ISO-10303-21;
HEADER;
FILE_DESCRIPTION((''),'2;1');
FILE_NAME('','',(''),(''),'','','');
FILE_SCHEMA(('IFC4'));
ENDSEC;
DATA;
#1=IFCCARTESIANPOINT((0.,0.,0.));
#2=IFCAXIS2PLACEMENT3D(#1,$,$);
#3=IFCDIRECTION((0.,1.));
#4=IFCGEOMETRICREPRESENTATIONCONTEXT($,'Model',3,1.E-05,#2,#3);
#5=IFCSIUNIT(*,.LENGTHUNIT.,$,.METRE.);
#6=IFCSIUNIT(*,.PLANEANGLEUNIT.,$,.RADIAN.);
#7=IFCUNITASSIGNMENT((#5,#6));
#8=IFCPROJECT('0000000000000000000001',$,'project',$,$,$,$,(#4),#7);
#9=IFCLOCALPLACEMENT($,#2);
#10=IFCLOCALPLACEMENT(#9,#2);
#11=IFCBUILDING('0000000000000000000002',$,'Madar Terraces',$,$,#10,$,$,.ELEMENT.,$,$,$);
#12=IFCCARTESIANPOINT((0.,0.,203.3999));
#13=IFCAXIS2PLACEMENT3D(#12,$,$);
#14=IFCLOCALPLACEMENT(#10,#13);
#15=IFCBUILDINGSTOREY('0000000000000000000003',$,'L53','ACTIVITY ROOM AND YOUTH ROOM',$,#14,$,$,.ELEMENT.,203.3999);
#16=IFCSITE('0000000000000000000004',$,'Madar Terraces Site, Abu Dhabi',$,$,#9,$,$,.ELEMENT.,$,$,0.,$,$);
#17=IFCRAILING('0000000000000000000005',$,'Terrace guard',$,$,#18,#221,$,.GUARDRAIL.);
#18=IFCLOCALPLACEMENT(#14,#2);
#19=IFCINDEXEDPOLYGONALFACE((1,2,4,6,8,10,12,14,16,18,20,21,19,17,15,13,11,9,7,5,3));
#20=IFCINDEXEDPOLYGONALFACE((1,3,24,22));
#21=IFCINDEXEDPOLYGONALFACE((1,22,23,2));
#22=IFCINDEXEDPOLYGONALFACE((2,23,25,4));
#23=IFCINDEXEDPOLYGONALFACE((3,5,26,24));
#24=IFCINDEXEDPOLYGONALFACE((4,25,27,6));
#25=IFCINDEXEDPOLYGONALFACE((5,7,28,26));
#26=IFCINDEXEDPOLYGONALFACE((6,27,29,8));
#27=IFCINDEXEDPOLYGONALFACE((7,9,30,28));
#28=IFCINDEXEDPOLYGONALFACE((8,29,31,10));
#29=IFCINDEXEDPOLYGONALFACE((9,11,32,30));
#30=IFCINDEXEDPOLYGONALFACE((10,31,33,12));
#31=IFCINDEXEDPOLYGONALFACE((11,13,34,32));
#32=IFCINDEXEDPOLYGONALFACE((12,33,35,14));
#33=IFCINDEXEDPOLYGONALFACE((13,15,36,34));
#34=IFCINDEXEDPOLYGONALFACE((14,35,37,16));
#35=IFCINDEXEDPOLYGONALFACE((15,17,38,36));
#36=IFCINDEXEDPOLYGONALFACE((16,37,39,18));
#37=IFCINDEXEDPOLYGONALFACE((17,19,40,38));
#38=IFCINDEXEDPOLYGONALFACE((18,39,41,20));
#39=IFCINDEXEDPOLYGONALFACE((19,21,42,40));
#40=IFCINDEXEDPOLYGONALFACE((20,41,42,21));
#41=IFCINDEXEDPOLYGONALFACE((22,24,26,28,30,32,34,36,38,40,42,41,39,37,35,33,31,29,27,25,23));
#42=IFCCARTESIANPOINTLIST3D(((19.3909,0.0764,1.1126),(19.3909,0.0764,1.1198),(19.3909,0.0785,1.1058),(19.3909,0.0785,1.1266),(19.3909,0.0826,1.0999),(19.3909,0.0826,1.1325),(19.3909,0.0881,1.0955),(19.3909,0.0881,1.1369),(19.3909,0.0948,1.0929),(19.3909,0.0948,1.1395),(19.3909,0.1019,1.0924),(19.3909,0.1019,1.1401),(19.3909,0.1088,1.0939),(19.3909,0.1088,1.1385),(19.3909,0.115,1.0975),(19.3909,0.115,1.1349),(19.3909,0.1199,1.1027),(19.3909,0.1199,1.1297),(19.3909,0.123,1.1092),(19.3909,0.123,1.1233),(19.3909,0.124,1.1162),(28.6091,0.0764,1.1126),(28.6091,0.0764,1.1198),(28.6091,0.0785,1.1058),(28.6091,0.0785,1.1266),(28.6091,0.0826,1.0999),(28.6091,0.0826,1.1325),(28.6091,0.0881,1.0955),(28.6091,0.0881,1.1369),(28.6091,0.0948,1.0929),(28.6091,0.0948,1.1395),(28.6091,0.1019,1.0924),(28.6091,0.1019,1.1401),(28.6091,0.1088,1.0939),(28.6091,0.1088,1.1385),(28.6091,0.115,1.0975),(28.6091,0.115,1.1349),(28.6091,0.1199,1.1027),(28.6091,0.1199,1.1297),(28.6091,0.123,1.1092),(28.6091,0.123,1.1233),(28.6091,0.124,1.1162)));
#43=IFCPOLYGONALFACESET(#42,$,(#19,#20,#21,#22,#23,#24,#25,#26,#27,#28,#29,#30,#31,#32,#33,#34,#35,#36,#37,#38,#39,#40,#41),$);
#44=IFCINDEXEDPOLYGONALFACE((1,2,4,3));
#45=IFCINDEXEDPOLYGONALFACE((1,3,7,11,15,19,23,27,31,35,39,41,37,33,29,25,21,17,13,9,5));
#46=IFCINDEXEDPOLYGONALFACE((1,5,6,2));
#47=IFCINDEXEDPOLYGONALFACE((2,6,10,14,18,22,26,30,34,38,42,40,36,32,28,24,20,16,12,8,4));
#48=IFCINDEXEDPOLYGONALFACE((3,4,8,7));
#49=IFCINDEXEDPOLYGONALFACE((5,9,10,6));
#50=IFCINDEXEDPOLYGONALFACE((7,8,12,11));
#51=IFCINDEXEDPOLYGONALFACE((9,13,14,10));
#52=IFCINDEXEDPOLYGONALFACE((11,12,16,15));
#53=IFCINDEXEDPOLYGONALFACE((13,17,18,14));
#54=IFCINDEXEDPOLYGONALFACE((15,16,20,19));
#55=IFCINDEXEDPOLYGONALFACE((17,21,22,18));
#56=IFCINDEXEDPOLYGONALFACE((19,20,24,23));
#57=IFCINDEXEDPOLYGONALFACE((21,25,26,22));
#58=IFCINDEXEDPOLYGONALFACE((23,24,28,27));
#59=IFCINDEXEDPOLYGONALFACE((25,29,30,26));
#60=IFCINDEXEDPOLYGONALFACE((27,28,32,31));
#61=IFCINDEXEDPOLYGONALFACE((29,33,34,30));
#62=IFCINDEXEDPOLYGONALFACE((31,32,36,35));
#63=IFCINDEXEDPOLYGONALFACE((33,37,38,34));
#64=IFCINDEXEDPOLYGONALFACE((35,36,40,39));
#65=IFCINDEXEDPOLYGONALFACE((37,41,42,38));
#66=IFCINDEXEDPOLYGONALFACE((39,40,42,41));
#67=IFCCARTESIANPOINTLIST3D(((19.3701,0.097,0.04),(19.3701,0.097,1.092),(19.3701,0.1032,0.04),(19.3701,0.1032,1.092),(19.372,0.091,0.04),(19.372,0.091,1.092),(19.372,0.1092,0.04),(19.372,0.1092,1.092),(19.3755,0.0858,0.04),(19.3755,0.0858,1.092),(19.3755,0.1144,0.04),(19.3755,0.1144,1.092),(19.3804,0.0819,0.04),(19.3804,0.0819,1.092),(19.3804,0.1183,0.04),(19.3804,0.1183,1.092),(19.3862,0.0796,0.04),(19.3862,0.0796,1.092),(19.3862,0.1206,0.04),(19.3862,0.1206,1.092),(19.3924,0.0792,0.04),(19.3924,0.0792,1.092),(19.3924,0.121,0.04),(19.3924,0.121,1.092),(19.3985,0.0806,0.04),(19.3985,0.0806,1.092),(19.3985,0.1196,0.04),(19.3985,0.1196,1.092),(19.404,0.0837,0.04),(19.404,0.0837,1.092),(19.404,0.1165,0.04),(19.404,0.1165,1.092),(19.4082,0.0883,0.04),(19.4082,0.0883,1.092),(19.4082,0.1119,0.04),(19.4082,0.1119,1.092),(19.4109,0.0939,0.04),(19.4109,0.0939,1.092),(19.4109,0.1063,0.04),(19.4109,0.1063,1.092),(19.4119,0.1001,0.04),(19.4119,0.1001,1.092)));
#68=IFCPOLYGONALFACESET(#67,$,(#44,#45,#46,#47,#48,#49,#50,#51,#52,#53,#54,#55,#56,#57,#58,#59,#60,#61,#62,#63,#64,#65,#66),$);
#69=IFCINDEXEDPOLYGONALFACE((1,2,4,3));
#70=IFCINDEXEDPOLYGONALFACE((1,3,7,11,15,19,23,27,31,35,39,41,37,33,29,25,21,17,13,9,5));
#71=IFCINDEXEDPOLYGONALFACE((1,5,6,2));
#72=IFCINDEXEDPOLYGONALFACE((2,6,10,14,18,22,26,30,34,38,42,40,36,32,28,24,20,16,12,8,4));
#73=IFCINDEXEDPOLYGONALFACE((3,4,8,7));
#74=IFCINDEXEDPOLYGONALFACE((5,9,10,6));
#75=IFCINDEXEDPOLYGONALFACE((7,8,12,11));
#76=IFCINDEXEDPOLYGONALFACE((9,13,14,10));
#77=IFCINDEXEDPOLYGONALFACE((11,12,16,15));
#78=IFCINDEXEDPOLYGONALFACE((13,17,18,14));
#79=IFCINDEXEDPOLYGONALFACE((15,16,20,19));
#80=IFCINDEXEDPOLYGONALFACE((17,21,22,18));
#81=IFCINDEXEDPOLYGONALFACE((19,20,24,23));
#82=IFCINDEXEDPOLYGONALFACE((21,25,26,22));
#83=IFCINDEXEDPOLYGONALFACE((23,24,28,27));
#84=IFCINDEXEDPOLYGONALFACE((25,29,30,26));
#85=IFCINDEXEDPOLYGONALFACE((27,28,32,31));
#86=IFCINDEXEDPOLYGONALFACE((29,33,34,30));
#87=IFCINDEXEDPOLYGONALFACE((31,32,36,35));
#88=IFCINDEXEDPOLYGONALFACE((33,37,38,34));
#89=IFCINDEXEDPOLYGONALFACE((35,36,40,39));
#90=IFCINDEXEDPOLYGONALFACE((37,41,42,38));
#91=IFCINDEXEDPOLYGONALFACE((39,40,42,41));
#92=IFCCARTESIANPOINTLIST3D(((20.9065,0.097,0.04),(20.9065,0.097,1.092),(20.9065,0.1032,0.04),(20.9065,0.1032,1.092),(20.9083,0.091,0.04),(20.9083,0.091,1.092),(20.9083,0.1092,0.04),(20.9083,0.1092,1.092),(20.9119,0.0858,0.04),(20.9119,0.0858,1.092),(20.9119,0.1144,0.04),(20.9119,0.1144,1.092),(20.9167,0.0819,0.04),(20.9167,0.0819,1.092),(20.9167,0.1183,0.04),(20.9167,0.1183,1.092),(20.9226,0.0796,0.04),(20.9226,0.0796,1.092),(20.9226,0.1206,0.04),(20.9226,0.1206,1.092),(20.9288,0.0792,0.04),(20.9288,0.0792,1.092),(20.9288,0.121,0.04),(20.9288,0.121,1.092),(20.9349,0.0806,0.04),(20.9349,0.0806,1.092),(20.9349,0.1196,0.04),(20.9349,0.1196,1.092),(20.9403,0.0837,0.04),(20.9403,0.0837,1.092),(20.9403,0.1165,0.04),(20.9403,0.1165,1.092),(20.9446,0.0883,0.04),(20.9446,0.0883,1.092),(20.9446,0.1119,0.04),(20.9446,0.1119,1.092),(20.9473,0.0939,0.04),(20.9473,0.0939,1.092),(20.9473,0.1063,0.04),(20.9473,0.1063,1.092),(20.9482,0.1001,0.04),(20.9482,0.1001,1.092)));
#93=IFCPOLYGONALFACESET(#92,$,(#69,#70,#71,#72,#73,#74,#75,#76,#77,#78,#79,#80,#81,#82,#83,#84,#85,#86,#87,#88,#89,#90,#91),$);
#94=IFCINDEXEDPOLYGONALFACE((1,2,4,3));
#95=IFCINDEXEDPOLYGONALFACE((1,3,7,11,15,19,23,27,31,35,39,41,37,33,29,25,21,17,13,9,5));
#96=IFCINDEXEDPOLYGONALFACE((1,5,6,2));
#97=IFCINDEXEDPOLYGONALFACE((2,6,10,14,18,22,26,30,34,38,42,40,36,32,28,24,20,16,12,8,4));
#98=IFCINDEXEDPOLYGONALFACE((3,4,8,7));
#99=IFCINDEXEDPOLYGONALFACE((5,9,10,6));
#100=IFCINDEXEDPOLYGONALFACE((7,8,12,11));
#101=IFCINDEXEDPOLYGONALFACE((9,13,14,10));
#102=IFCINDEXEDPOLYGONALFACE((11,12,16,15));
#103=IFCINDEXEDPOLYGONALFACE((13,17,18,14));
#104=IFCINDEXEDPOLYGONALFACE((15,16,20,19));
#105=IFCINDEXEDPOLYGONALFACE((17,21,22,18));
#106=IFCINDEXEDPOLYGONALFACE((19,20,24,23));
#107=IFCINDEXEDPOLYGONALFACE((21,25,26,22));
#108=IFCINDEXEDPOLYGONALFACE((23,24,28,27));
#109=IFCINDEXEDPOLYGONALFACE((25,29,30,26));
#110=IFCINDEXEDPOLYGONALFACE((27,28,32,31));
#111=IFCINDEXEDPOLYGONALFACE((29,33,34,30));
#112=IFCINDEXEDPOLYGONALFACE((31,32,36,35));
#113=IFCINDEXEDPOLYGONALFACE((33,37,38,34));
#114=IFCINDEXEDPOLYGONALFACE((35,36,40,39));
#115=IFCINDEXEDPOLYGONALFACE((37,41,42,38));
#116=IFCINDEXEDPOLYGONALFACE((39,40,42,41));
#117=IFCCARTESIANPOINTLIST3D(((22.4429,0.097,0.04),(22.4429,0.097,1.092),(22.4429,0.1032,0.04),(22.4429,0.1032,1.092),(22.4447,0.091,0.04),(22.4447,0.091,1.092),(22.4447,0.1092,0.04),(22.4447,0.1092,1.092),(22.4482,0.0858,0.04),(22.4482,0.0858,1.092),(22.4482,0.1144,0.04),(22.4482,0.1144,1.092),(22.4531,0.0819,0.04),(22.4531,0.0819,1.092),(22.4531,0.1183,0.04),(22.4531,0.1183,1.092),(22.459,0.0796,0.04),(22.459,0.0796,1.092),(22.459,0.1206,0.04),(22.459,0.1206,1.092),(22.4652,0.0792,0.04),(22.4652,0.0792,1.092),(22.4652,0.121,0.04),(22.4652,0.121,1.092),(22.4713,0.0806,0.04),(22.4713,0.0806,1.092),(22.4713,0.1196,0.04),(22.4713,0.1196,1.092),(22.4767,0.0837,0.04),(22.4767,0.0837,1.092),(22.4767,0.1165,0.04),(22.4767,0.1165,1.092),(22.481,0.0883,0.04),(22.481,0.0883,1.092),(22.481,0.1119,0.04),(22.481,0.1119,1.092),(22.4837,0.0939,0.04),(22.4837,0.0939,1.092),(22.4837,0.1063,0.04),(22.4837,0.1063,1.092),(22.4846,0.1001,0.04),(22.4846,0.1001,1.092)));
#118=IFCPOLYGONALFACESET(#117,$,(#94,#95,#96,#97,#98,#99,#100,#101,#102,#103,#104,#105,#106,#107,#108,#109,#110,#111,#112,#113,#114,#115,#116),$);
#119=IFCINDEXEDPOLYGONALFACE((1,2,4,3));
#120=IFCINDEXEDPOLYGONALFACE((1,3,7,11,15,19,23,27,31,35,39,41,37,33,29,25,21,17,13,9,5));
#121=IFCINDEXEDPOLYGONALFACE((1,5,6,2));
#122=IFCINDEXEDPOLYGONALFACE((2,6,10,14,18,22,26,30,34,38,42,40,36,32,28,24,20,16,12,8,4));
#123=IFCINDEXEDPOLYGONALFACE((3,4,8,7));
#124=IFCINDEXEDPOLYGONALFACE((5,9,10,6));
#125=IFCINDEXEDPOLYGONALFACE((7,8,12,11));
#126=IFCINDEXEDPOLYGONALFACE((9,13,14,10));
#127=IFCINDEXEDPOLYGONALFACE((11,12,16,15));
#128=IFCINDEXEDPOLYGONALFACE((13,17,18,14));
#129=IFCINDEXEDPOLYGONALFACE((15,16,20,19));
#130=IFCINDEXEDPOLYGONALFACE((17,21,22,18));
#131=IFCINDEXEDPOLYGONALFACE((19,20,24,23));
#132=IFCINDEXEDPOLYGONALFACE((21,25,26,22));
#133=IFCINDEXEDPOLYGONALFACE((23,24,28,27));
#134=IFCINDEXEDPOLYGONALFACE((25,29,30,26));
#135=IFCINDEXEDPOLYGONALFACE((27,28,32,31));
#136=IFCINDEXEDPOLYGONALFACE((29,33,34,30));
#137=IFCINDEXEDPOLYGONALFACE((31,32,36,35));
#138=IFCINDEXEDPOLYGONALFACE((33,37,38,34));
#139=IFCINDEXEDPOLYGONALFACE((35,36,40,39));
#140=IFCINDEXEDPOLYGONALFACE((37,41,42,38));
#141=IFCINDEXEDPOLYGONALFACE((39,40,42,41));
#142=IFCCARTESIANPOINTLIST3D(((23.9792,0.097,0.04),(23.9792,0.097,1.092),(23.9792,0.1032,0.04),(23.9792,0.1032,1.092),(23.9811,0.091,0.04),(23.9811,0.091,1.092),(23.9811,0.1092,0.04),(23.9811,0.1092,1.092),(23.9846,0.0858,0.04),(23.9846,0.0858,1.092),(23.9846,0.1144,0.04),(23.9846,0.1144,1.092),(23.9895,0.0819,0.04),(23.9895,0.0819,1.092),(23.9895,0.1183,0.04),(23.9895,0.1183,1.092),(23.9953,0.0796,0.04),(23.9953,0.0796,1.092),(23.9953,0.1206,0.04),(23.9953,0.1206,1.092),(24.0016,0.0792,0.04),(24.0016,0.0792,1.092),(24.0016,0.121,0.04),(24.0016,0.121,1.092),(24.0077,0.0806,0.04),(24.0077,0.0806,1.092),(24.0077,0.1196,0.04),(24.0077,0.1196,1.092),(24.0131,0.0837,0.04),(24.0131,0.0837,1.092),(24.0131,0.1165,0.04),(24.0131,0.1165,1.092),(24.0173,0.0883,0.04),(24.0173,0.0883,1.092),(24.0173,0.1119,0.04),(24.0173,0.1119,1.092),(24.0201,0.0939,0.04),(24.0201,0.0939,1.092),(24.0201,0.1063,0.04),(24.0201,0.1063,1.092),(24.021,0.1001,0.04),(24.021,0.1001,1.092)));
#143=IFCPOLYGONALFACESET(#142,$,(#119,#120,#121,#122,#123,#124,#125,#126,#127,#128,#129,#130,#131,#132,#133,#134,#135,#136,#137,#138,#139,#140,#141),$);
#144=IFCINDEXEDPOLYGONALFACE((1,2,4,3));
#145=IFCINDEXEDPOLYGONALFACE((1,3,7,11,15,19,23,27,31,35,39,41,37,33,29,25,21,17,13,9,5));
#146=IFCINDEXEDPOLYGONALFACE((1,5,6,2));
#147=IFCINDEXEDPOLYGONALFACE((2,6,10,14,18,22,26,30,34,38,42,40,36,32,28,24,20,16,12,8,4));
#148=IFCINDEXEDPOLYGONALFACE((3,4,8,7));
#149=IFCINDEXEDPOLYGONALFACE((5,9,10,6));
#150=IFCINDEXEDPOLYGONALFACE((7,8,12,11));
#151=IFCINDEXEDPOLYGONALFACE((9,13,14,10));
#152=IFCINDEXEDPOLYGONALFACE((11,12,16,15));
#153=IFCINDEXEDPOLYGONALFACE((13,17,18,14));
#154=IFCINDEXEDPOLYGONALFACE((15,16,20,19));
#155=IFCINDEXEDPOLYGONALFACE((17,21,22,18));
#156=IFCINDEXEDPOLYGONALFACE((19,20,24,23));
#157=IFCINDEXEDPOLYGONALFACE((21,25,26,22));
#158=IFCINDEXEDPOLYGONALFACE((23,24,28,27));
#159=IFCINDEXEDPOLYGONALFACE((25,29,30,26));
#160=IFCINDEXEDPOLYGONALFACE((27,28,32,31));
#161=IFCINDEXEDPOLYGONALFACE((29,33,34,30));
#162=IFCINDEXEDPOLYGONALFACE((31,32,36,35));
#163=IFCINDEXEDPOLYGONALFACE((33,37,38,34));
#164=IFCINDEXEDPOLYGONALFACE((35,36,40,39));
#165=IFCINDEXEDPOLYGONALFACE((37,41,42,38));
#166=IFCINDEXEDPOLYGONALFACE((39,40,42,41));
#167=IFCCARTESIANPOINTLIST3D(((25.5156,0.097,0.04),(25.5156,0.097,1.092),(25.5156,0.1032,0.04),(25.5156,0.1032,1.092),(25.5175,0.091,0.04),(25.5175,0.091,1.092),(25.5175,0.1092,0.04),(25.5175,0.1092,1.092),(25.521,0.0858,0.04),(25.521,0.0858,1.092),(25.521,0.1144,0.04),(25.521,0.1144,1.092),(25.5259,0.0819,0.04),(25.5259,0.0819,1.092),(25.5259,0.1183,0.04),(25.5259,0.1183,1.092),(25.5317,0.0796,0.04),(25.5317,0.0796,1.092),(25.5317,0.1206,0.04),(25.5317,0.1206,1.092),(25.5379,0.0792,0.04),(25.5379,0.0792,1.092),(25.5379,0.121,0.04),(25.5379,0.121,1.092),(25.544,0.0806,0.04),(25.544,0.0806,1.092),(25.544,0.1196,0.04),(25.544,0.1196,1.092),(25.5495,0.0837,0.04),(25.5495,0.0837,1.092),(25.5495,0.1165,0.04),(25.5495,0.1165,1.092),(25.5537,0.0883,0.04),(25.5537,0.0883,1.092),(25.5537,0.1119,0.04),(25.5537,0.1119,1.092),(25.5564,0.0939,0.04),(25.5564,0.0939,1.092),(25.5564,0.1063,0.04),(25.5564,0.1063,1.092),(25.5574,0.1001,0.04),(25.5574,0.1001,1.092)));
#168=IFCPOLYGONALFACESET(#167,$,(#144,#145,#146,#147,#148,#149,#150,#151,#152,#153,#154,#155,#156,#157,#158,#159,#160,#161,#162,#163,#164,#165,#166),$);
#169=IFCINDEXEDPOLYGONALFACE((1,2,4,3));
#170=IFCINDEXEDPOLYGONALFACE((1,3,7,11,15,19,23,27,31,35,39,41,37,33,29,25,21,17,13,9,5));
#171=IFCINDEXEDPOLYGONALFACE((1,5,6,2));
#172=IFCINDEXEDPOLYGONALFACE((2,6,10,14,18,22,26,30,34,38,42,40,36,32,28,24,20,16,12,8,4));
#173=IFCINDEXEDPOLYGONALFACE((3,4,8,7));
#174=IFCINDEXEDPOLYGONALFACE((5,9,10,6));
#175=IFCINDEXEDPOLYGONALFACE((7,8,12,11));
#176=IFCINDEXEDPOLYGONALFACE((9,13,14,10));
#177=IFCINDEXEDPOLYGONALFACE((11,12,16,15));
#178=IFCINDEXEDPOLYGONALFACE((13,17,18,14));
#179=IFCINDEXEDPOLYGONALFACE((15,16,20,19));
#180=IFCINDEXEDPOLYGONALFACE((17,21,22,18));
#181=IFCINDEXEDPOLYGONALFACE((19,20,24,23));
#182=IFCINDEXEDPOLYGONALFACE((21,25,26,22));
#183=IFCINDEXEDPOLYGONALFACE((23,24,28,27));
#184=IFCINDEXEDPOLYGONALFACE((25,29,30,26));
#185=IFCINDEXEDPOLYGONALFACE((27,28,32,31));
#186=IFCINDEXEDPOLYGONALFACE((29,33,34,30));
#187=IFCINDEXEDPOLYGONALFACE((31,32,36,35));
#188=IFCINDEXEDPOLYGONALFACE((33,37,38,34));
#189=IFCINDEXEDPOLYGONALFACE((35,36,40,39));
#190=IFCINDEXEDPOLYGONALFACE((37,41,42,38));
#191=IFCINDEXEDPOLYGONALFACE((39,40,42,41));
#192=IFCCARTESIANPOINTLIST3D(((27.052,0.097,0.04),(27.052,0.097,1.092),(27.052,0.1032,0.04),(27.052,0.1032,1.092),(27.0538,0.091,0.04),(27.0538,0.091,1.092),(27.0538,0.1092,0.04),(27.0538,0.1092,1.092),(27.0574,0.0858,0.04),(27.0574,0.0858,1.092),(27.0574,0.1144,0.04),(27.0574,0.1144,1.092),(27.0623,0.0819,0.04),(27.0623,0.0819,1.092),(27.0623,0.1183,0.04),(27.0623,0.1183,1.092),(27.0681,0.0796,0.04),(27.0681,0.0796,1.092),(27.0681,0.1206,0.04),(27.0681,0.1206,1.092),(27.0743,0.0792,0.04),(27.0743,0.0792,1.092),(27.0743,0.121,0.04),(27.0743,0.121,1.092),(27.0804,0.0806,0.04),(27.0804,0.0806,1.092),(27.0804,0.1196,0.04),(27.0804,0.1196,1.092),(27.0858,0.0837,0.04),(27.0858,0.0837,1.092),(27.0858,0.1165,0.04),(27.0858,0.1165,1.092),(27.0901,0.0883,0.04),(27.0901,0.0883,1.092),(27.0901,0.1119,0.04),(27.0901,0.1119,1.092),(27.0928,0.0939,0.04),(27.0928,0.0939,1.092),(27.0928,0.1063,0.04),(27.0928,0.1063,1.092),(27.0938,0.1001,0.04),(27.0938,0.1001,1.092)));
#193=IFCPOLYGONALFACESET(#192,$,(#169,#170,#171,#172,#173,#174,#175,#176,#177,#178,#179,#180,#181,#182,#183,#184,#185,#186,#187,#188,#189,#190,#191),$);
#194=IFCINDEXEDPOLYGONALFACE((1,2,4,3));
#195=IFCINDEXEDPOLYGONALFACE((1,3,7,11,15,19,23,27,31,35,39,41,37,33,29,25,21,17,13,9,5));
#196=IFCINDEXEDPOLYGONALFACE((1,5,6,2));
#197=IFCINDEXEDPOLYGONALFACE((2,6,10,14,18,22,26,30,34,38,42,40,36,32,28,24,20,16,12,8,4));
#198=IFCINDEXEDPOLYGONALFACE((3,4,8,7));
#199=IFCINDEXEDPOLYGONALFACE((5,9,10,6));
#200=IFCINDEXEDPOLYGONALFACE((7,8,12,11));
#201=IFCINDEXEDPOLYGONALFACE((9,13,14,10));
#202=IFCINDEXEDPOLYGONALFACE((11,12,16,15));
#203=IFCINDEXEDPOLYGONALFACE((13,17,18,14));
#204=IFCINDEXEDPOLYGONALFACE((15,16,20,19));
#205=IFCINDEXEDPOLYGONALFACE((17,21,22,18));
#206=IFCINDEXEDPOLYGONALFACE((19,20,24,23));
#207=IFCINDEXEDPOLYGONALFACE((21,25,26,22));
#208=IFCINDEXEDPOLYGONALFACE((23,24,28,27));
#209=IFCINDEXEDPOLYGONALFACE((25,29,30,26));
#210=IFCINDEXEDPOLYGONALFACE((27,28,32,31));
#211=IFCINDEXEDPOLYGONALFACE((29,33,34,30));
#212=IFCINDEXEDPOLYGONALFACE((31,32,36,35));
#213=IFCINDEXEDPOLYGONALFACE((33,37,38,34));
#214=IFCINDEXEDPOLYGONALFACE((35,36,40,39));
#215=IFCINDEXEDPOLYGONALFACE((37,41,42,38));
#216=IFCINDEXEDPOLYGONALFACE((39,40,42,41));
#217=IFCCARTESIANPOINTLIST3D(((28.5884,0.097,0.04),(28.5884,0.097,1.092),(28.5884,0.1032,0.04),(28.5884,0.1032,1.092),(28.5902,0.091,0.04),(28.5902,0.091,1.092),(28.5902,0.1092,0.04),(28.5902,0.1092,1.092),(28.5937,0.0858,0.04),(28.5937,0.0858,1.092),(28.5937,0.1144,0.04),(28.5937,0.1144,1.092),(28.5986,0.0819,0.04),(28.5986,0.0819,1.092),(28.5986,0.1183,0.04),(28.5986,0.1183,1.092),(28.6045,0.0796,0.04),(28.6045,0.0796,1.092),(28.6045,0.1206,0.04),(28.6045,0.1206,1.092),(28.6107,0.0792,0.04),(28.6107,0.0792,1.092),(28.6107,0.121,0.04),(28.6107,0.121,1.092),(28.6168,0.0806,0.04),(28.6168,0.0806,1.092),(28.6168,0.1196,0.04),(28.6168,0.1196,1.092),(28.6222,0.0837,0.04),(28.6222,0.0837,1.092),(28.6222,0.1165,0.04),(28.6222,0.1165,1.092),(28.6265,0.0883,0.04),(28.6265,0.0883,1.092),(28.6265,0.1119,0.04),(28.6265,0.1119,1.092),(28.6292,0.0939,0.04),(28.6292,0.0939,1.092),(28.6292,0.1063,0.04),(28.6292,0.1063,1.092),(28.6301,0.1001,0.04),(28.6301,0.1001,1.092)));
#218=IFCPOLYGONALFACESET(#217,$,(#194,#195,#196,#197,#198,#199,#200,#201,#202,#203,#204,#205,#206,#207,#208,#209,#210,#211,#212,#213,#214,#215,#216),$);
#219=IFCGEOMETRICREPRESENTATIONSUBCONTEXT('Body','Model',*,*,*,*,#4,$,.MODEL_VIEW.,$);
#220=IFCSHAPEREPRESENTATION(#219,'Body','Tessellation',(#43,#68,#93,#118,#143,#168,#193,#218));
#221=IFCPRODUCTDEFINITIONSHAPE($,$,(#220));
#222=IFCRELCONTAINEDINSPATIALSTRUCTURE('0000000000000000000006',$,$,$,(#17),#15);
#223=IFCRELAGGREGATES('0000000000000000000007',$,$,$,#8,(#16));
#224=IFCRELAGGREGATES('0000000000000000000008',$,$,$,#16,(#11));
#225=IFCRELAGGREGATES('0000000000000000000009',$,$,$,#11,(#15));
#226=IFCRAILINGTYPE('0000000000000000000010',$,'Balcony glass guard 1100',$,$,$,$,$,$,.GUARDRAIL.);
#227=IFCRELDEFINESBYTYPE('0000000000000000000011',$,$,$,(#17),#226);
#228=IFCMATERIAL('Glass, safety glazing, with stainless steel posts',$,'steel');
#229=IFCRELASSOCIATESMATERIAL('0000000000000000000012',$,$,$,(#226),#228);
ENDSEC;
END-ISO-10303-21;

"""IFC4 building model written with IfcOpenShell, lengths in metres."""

from ifc_helpers import new_model, si_unit, direction, frame, origin, origin_2d, place, context, subcontext, project, spatial, circle, extrude, material, type_object, element, save


model = new_model("IFC4")

# Units and contexts
model_context = context("Model", 3, precision=1e-05, world=origin(), true_north=direction((0.0, 1.0)))
body_context = subcontext(model_context, "Body", "Model", "MODEL_VIEW")
ifc_project = project(units=[si_unit("LENGTHUNIT", "METRE"), si_unit("PLANEANGLEUNIT", "RADIAN")], contexts=[model_context])

# Site, building, storey
site_placement = place(None, origin())
site = spatial("IfcSite", under=ifc_project, at=site_placement, Name="Madar Terraces Site, Abu Dhabi", CompositionType="ELEMENT", RefElevation=0.0)
building_placement = place(site_placement, origin())
building = spatial("IfcBuilding", under=site, at=building_placement, Name="Madar Terraces", CompositionType="ELEMENT")
storey_placement = place(building_placement, frame((0.0, 0.0, 203.3999)))
storey = spatial("IfcBuildingStorey", under=building, at=storey_placement, Name="L53", Description="ACTIVITY ROOM AND YOUTH ROOM", CompositionType="ELEMENT", Elevation=203.3999)

# Railing
ifc_material_1 = material(Name="Glass, safety glazing, with stainless steel posts", Category="steel")
railing_type = type_object("IfcRailingType", Name="Balcony glass guard 1100", PredefinedType="GUARDRAIL", material=ifc_material_1)
railing_1_placement = place(storey_placement, frame((19.3909, 0.1001, 0.04)))
element("IfcRailing", 1, at=railing_1_placement, inside=storey, type_object=railing_type, Name="Terrace guard", PredefinedType="GUARDRAIL", context=body_context, shape_type="SweptSolid", body=[
    extrude(circle(Radius=0.0239, at=origin_2d()), frame((0.0, 0.0, 1.0762), z_axis=(1.0, 0.0, 0.0), x_axis=(0.0, 1.0, 0.0)), (0.0, 0.0, 1.0), 9.2183),
    extrude(circle(Radius=0.021, at=origin_2d()), origin(), (0.0, 0.0, 1.0), 1.052),
    extrude(circle(Radius=0.021, at=origin_2d()), frame((1.5364, 0.0, 0.0)), (0.0, 0.0, 1.0), 1.052),
    extrude(circle(Radius=0.021, at=origin_2d()), frame((3.0728, 0.0, 0.0)), (0.0, 0.0, 1.0), 1.052),
    extrude(circle(Radius=0.021, at=origin_2d()), frame((4.6091, 0.0, 0.0)), (0.0, 0.0, 1.0), 1.052),
    extrude(circle(Radius=0.021, at=origin_2d()), frame((6.1455, 0.0, 0.0)), (0.0, 0.0, 1.0), 1.052),
    extrude(circle(Radius=0.021, at=origin_2d()), frame((7.6819, 0.0, 0.0)), (0.0, 0.0, 1.0), 1.052),
    extrude(circle(Radius=0.021, at=origin_2d()), frame((9.2183, 0.0, 0.0)), (0.0, 0.0, 1.0), 1.052),
])

save(model, "model.ifc")
